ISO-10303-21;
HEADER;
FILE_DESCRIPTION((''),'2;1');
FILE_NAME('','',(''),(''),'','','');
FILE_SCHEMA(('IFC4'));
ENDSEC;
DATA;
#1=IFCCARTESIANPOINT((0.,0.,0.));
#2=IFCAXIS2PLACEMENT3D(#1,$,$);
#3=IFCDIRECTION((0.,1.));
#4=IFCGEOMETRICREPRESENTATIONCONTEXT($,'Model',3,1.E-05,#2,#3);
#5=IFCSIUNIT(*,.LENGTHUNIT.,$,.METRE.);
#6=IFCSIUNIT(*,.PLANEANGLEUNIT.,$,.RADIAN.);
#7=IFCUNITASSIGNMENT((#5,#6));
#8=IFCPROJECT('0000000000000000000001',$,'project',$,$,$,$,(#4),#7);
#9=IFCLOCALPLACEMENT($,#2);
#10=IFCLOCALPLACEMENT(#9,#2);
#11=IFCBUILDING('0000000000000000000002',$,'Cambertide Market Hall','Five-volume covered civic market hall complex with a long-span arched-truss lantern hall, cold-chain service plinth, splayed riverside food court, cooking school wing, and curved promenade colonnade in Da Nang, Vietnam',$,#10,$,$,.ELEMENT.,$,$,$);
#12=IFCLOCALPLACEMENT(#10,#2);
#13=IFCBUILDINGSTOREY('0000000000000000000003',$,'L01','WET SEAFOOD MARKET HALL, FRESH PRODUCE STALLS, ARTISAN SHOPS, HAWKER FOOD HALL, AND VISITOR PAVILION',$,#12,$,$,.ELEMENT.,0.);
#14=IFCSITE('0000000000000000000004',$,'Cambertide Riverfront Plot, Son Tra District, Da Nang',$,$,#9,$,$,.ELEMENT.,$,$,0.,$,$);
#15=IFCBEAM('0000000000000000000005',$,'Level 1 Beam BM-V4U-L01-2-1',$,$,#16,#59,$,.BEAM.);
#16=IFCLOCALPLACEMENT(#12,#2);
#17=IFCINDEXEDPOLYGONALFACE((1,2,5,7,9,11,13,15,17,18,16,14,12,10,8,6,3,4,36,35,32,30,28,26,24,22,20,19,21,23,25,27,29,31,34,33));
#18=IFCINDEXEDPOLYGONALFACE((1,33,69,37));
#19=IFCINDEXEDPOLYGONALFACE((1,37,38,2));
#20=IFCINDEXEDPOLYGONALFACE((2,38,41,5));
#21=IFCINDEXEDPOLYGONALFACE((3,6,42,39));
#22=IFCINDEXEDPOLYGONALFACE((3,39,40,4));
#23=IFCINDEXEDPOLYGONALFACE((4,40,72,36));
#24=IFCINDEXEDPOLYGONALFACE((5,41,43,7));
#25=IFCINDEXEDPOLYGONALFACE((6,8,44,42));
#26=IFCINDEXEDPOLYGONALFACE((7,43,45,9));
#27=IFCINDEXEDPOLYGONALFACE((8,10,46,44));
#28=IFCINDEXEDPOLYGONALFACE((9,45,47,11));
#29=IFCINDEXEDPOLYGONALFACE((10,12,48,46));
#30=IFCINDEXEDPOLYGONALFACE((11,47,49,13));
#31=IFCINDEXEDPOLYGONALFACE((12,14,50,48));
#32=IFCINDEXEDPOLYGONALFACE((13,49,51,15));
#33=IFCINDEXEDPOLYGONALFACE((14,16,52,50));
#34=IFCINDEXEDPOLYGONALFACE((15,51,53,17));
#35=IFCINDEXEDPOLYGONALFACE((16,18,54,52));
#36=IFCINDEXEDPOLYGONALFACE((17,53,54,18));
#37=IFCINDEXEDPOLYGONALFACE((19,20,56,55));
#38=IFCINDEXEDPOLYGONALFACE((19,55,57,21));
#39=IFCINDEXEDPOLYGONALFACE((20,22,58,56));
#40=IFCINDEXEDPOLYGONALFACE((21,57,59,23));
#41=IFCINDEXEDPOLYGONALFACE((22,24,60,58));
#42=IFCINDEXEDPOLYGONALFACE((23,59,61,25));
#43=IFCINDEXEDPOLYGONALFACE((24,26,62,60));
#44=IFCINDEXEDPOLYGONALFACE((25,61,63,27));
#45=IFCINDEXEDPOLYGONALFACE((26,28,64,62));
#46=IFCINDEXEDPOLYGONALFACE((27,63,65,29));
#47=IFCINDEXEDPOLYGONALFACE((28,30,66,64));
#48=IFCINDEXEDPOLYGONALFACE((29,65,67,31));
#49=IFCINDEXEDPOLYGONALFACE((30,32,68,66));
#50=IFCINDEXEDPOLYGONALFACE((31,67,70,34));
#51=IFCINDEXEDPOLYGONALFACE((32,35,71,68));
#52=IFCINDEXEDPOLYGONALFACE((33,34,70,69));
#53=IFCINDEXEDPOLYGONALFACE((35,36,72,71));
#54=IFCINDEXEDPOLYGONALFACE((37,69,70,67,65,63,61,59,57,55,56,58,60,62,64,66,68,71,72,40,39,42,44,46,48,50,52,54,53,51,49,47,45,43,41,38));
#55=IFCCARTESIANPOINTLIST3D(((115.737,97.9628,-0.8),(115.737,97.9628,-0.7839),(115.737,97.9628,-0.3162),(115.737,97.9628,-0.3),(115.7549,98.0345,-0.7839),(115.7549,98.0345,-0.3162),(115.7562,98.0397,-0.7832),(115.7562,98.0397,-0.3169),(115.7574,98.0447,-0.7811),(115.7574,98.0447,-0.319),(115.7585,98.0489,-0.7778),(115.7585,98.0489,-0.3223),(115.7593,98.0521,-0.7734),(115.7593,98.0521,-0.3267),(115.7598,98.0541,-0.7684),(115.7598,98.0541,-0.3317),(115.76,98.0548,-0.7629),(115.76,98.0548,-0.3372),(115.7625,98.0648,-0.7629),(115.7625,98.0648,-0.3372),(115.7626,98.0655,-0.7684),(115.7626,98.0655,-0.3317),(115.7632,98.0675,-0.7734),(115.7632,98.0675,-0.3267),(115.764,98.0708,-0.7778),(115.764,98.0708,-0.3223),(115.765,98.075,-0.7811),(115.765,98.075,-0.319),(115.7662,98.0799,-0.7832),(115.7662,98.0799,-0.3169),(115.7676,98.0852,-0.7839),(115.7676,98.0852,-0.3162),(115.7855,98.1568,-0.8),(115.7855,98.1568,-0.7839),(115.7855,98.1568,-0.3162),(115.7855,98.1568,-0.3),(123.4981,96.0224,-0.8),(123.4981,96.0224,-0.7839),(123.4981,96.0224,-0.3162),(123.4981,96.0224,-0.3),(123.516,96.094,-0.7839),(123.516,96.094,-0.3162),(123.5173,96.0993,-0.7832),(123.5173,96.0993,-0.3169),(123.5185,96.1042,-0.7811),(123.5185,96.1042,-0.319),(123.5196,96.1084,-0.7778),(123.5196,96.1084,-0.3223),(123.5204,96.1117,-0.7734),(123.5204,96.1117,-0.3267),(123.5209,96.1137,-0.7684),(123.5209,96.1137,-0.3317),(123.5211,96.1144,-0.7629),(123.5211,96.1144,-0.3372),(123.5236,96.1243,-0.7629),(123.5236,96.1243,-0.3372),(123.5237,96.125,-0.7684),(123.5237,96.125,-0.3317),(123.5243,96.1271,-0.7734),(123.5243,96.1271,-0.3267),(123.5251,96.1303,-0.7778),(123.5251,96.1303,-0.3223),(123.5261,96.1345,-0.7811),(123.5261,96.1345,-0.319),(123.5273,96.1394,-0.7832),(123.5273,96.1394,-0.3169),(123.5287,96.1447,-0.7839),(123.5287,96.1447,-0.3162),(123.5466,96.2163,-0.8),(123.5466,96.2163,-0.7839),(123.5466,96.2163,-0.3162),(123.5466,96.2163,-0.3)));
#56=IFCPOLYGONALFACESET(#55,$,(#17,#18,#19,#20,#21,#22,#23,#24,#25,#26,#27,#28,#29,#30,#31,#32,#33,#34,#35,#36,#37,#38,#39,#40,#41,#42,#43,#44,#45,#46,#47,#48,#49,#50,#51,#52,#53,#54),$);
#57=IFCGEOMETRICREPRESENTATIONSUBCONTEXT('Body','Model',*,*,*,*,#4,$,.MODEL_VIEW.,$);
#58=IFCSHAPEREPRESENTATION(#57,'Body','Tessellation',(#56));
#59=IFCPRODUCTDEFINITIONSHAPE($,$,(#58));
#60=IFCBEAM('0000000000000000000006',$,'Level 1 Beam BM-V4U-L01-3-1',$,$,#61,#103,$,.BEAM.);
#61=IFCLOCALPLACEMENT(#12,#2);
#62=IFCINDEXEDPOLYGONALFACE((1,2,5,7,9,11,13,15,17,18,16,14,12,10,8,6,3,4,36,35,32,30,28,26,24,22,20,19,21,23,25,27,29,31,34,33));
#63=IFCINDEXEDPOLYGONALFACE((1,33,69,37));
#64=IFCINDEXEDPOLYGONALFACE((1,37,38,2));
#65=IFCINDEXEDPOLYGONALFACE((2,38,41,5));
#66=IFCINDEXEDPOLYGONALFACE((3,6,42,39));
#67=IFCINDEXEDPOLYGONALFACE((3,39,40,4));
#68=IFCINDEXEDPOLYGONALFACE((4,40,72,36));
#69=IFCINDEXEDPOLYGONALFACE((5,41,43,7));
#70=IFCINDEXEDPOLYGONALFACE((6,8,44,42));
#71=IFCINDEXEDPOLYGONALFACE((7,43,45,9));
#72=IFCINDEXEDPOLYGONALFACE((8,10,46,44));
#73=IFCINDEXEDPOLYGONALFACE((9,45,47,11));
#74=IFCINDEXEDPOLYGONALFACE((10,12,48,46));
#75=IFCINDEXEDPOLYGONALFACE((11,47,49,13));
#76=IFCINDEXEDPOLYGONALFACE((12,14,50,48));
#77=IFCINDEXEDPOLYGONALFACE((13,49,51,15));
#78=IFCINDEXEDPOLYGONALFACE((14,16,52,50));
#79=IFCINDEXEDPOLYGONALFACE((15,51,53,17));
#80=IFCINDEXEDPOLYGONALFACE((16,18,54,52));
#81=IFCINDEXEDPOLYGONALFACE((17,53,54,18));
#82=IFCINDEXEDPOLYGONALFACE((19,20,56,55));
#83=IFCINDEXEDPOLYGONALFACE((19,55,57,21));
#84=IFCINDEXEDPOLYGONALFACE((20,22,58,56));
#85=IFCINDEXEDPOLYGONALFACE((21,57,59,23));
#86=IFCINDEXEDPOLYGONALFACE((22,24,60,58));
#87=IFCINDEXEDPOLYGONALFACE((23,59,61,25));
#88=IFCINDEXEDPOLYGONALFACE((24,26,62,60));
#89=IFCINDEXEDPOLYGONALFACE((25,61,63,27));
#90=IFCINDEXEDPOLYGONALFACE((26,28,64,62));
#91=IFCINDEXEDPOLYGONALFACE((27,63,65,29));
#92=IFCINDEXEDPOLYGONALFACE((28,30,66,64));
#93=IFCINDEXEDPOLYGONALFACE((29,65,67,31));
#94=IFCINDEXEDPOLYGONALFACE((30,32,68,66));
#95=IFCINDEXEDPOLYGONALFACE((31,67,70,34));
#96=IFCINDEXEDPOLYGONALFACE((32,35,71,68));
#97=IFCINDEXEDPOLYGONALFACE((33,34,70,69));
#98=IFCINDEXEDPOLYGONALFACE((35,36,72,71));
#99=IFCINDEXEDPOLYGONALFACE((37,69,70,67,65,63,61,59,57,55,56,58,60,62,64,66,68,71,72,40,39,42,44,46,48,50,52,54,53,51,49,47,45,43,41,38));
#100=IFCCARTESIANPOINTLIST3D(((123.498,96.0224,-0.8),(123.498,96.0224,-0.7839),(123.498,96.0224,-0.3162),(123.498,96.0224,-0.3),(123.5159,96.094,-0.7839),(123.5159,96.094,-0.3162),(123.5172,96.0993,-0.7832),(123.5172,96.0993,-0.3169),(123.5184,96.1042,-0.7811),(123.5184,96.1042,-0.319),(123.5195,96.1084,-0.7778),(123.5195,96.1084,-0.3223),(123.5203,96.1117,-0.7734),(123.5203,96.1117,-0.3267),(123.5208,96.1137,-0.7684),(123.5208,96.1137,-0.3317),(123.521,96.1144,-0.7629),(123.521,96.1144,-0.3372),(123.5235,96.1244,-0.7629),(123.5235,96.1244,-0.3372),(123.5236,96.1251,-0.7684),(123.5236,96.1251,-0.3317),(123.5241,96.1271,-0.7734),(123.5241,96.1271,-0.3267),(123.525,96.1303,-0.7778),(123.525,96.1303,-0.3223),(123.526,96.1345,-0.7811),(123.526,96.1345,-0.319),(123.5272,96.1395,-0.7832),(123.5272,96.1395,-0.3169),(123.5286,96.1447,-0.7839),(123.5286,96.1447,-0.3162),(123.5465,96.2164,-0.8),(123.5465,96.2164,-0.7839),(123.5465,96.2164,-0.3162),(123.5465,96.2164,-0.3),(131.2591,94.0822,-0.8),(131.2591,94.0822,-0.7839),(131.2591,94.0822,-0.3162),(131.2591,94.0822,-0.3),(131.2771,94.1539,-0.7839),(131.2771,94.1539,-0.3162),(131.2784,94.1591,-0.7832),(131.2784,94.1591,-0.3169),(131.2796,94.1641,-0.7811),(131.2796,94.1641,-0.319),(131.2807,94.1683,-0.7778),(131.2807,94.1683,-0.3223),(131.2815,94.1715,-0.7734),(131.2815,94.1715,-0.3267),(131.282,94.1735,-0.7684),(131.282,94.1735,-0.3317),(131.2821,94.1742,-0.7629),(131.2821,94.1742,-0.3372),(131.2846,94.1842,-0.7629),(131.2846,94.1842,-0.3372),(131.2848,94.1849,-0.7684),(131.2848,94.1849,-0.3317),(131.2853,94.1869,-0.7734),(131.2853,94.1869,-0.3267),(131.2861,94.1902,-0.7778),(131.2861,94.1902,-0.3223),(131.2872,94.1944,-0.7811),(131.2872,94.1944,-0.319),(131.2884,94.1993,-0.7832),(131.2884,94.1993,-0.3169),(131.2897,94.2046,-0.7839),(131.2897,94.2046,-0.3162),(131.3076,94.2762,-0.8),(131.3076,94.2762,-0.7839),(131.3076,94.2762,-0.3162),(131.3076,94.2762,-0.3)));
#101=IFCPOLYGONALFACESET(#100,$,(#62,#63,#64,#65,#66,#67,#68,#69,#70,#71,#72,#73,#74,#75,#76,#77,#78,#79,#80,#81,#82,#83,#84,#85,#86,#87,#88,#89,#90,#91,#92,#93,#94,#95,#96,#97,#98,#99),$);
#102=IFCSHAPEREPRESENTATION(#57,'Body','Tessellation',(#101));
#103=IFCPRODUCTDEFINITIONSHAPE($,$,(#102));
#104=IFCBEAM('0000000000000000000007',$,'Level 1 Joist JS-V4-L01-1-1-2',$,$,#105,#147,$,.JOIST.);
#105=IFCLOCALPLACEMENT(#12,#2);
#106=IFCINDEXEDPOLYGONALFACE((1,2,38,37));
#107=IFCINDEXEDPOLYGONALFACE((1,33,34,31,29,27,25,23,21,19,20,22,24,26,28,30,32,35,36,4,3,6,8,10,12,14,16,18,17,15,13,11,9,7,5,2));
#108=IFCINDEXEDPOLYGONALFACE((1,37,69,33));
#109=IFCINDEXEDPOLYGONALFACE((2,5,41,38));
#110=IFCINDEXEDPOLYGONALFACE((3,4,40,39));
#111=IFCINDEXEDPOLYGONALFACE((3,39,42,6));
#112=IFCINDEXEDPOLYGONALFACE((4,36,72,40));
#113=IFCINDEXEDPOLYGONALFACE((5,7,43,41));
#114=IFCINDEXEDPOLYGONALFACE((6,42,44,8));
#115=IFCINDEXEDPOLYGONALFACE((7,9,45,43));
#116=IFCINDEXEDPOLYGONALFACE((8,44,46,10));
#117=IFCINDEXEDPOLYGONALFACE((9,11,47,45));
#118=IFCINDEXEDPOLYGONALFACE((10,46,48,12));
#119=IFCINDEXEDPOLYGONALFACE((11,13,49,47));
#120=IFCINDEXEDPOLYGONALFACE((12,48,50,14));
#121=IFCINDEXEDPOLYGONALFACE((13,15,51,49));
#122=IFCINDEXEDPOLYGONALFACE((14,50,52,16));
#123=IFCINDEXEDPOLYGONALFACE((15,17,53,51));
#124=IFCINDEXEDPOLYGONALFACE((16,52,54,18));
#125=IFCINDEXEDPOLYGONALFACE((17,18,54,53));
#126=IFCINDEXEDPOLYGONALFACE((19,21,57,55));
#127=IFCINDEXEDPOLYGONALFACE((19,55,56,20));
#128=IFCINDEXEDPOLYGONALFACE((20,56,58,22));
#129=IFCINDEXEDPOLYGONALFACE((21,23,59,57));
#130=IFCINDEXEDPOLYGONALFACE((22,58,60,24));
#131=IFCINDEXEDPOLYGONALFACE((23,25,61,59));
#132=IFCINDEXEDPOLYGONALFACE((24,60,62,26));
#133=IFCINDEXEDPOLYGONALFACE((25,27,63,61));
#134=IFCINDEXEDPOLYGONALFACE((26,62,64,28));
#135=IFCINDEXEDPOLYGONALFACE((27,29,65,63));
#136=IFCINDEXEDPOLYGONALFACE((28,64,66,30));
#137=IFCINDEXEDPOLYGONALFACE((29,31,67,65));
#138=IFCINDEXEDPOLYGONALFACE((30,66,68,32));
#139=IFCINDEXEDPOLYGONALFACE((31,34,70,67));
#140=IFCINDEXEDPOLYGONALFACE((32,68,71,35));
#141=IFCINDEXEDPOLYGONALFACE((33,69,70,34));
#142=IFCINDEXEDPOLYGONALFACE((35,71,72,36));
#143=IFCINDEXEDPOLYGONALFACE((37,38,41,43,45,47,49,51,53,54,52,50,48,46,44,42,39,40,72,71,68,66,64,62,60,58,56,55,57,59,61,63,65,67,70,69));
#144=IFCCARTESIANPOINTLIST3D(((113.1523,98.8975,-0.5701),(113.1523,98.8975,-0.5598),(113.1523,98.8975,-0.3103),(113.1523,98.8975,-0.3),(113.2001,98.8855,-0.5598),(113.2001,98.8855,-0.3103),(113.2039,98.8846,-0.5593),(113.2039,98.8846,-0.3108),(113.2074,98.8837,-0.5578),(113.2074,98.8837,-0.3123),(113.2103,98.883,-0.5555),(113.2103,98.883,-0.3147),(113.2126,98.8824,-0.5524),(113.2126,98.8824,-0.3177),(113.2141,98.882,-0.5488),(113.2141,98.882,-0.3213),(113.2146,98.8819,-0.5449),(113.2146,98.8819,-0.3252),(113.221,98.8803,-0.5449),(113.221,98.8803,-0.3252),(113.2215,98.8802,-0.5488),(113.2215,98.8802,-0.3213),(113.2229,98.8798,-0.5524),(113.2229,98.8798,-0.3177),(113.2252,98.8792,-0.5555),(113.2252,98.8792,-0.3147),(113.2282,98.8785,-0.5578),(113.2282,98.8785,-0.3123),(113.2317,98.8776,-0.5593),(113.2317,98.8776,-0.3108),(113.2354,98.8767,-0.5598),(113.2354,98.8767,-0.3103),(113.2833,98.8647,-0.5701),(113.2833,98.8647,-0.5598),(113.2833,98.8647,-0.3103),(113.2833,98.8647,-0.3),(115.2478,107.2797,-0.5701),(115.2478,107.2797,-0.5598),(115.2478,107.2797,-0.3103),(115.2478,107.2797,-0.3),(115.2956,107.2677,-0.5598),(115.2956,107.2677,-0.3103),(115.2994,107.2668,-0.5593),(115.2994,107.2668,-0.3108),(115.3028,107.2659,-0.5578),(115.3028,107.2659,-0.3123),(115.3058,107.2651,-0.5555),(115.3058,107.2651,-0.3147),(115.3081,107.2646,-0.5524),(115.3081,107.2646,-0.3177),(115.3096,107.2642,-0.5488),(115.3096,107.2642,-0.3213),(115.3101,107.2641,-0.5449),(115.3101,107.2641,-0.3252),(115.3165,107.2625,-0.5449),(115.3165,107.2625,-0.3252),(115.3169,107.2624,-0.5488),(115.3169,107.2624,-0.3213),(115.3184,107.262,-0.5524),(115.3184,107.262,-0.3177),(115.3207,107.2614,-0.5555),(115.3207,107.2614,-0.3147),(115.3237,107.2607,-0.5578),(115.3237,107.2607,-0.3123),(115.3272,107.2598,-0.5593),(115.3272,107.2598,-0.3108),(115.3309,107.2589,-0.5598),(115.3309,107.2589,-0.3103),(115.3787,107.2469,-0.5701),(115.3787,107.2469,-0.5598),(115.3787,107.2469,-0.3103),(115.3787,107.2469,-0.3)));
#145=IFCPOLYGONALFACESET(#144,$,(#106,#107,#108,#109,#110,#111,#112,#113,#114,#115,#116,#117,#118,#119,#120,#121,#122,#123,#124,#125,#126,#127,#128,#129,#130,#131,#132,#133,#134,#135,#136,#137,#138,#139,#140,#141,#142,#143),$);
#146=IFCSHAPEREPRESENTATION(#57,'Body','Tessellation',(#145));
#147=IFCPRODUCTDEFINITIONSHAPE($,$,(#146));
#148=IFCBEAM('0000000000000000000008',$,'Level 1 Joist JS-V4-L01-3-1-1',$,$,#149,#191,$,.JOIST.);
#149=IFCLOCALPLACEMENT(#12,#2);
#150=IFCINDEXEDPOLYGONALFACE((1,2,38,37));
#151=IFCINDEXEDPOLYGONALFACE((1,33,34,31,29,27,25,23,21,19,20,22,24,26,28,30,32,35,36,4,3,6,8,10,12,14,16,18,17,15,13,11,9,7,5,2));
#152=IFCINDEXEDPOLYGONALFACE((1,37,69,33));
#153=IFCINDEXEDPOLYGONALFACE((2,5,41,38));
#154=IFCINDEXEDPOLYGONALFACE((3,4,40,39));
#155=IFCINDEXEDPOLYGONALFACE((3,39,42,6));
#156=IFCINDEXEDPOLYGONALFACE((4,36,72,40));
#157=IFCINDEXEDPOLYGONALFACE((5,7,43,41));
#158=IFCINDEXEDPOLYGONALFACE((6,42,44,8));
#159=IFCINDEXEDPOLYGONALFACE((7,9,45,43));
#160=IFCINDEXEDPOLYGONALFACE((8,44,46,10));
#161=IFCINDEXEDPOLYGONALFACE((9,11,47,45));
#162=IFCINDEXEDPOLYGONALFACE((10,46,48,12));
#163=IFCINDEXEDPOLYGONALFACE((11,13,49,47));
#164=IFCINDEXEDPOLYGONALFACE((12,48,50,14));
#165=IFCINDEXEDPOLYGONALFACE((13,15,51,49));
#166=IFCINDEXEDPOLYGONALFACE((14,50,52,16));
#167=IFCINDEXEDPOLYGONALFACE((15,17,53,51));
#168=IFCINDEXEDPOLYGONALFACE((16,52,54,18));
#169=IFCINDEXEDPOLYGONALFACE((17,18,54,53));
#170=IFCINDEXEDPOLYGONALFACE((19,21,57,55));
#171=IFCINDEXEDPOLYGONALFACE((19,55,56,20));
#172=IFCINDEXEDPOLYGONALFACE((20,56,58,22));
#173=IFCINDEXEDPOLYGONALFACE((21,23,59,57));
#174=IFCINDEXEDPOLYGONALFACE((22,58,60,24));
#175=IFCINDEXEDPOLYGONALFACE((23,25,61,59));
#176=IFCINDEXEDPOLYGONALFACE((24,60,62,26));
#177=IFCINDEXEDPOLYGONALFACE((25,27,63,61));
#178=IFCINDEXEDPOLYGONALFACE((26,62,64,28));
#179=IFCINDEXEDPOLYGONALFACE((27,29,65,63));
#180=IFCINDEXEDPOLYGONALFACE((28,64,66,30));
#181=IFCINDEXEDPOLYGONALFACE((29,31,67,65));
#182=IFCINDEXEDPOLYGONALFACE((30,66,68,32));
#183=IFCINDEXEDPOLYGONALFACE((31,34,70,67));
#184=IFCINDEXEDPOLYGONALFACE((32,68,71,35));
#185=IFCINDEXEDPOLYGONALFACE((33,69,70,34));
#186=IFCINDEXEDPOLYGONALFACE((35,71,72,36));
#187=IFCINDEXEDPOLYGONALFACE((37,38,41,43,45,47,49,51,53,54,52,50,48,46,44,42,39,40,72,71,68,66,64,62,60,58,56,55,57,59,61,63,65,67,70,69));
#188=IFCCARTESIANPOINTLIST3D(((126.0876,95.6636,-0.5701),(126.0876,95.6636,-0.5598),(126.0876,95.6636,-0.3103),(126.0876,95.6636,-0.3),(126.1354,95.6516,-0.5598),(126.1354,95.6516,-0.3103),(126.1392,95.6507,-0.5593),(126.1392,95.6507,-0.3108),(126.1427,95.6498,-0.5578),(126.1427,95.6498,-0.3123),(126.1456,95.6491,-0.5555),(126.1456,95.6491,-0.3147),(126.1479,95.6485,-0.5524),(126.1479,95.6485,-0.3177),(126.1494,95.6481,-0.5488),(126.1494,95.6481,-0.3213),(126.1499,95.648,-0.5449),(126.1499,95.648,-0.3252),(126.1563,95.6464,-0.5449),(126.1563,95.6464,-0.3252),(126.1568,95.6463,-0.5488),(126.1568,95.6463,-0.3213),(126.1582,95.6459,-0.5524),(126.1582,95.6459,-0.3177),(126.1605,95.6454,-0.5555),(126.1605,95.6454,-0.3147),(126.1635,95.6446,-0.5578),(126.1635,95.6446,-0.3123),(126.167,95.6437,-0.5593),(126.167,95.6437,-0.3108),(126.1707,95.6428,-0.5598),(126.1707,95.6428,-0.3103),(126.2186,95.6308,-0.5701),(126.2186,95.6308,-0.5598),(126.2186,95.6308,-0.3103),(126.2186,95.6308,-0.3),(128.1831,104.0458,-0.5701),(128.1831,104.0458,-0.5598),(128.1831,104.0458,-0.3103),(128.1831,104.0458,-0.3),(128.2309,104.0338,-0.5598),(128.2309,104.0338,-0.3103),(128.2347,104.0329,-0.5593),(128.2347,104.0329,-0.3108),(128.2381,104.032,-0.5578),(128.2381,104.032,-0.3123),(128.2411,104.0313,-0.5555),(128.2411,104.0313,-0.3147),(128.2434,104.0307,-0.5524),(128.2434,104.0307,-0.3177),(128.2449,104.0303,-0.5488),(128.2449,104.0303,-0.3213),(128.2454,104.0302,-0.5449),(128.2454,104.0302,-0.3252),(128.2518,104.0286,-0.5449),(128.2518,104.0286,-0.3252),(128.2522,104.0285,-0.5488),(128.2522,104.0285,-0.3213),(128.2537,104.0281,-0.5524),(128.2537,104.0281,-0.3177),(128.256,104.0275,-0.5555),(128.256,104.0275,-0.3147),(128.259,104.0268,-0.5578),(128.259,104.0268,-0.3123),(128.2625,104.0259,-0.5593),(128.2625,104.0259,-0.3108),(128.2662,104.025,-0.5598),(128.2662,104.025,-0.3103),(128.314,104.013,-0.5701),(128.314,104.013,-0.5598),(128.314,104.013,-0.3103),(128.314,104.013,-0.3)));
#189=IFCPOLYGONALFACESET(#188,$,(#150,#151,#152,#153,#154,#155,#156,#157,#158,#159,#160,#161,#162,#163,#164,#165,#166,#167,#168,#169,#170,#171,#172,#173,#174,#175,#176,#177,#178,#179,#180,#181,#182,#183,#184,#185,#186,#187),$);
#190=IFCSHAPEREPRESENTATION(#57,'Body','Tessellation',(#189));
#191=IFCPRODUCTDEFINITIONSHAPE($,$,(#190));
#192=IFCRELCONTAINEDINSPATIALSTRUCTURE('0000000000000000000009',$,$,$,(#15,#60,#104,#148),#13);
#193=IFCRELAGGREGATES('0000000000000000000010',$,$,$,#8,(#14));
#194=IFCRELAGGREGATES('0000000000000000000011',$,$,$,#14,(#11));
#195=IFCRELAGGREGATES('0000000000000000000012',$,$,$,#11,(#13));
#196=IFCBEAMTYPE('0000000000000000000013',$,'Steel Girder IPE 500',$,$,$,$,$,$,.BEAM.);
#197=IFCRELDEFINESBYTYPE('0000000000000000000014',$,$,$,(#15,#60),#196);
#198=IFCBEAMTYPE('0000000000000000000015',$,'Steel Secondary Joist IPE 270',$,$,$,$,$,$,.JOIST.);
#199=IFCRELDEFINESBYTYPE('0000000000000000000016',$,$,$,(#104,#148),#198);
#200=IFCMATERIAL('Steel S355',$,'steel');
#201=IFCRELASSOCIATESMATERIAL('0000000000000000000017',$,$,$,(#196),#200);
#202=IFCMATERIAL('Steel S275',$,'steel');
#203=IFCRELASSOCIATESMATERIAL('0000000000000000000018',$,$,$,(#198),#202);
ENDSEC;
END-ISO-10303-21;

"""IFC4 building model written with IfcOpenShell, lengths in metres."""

from ifc_helpers import new_model, si_unit, direction, frame, origin, origin_2d, place, context, subcontext, project, spatial, i_section, extrude, material, material_profile, profile_set, type_object, element, save


model = new_model("IFC4")

# Units and contexts
model_context = context("Model", 3, precision=1e-05, world=origin(), true_north=direction((0.0, 1.0)))
body_context = subcontext(model_context, "Body", "Model", "MODEL_VIEW")
ifc_project = project(units=[si_unit("LENGTHUNIT", "METRE"), si_unit("PLANEANGLEUNIT", "RADIAN")], contexts=[model_context])

# Site, building, storey
site_placement = place(None, origin())
site = spatial("IfcSite", under=ifc_project, at=site_placement, Name="Cambertide Riverfront Plot, Son Tra District, Da Nang", CompositionType="ELEMENT", RefElevation=0.0)
building_placement = place(site_placement, origin())
building = spatial("IfcBuilding", under=site, at=building_placement, Name="Cambertide Market Hall", Description="Five-volume covered civic market hall complex with a long-span arched-truss lantern hall, cold-chain service plinth, splayed riverside food court, cooking school wing, and curved promenade colonnade in Da Nang, Vietnam", CompositionType="ELEMENT")
storey_placement = place(building_placement, origin())
storey = spatial("IfcBuildingStorey", under=building, at=storey_placement, Name="L01", Description="WET SEAFOOD MARKET HALL, FRESH PRODUCE STALLS, ARTISAN SHOPS, HAWKER FOOD HALL, AND VISITOR PAVILION", CompositionType="ELEMENT", Elevation=0.0)

# Beams
ifc_material_1 = material(Name="Steel S355", Category="steel")
ifc_material_profile_1 = material_profile(ifc_material_1, i_section(OverallWidth=0.2, OverallDepth=0.5, WebThickness=0.0103, FlangeThickness=0.0161, FilletRadius=0.021, at=origin_2d()), Name="IPE 500")
ifc_profile_set_1 = profile_set([ifc_material_profile_1], Name="Steel S355")
beam_type_1 = type_object("IfcBeamType", Name="Steel Girder IPE 500", PredefinedType="BEAM", material=ifc_profile_set_1)
for number, where, z_axis, x_axis, name in (
    (1, (115.7612, 98.0598, -0.55), (0.970137, -0.242557, 0.0), (0.242557, 0.970137, 0.0), "Level 1 Beam BM-V4U-L01-2-1"),
    (2, (123.5222, 96.1194, -0.55), (0.970146, -0.242521, 0.0), (0.242521, 0.970146, 0.0), "Level 1 Beam BM-V4U-L01-3-1"),
):
    element("IfcBeam", number, at=place(storey_placement, frame(where, z_axis=z_axis, x_axis=x_axis)), inside=storey, type_object=beam_type_1, Name=name, PredefinedType="BEAM", context=body_context, shape_type="SweptSolid", body=[
        extrude(i_section(OverallWidth=0.2, OverallDepth=0.5, WebThickness=0.0103, FlangeThickness=0.0161, FilletRadius=0.021, at=origin_2d()), origin(), (0.0, 0.0, 1.0), 8.0),
    ])
ifc_material_2 = material(Name="Steel S275", Category="steel")
ifc_material_profile_2 = material_profile(ifc_material_2, i_section(OverallWidth=0.135, OverallDepth=0.27, WebThickness=0.0066, FlangeThickness=0.0103, FilletRadius=0.0149, at=origin_2d()), Name="IPE 270")
ifc_profile_set_2 = profile_set([ifc_material_profile_2], Name="Steel S275")
beam_type_2 = type_object("IfcBeamType", Name="Steel Secondary Joist IPE 270", PredefinedType="JOIST", material=ifc_profile_set_2)
for number, where, z_axis, x_axis, name in (
    (3, (113.2178, 98.8811, -0.4351), (0.242529, 0.970144, 0.0), (-0.970144, 0.242529, 0.0), "Level 1 Joist JS-V4-L01-1-1-2"),
    (4, (126.1531, 95.6472, -0.4351), (0.242529, 0.970144, 0.0), (-0.970144, 0.242529, 0.0), "Level 1 Joist JS-V4-L01-3-1-1"),
):
    element("IfcBeam", number, at=place(storey_placement, frame(where, z_axis=z_axis, x_axis=x_axis)), inside=storey, type_object=beam_type_2, Name=name, PredefinedType="JOIST", context=body_context, shape_type="SweptSolid", body=[
        extrude(i_section(OverallWidth=0.135, OverallDepth=0.27, WebThickness=0.0066, FlangeThickness=0.0103, FilletRadius=0.0149, at=origin_2d()), origin(), (0.0, 0.0, 1.0), 8.6401),
    ])

save(model, "model.ifc")
